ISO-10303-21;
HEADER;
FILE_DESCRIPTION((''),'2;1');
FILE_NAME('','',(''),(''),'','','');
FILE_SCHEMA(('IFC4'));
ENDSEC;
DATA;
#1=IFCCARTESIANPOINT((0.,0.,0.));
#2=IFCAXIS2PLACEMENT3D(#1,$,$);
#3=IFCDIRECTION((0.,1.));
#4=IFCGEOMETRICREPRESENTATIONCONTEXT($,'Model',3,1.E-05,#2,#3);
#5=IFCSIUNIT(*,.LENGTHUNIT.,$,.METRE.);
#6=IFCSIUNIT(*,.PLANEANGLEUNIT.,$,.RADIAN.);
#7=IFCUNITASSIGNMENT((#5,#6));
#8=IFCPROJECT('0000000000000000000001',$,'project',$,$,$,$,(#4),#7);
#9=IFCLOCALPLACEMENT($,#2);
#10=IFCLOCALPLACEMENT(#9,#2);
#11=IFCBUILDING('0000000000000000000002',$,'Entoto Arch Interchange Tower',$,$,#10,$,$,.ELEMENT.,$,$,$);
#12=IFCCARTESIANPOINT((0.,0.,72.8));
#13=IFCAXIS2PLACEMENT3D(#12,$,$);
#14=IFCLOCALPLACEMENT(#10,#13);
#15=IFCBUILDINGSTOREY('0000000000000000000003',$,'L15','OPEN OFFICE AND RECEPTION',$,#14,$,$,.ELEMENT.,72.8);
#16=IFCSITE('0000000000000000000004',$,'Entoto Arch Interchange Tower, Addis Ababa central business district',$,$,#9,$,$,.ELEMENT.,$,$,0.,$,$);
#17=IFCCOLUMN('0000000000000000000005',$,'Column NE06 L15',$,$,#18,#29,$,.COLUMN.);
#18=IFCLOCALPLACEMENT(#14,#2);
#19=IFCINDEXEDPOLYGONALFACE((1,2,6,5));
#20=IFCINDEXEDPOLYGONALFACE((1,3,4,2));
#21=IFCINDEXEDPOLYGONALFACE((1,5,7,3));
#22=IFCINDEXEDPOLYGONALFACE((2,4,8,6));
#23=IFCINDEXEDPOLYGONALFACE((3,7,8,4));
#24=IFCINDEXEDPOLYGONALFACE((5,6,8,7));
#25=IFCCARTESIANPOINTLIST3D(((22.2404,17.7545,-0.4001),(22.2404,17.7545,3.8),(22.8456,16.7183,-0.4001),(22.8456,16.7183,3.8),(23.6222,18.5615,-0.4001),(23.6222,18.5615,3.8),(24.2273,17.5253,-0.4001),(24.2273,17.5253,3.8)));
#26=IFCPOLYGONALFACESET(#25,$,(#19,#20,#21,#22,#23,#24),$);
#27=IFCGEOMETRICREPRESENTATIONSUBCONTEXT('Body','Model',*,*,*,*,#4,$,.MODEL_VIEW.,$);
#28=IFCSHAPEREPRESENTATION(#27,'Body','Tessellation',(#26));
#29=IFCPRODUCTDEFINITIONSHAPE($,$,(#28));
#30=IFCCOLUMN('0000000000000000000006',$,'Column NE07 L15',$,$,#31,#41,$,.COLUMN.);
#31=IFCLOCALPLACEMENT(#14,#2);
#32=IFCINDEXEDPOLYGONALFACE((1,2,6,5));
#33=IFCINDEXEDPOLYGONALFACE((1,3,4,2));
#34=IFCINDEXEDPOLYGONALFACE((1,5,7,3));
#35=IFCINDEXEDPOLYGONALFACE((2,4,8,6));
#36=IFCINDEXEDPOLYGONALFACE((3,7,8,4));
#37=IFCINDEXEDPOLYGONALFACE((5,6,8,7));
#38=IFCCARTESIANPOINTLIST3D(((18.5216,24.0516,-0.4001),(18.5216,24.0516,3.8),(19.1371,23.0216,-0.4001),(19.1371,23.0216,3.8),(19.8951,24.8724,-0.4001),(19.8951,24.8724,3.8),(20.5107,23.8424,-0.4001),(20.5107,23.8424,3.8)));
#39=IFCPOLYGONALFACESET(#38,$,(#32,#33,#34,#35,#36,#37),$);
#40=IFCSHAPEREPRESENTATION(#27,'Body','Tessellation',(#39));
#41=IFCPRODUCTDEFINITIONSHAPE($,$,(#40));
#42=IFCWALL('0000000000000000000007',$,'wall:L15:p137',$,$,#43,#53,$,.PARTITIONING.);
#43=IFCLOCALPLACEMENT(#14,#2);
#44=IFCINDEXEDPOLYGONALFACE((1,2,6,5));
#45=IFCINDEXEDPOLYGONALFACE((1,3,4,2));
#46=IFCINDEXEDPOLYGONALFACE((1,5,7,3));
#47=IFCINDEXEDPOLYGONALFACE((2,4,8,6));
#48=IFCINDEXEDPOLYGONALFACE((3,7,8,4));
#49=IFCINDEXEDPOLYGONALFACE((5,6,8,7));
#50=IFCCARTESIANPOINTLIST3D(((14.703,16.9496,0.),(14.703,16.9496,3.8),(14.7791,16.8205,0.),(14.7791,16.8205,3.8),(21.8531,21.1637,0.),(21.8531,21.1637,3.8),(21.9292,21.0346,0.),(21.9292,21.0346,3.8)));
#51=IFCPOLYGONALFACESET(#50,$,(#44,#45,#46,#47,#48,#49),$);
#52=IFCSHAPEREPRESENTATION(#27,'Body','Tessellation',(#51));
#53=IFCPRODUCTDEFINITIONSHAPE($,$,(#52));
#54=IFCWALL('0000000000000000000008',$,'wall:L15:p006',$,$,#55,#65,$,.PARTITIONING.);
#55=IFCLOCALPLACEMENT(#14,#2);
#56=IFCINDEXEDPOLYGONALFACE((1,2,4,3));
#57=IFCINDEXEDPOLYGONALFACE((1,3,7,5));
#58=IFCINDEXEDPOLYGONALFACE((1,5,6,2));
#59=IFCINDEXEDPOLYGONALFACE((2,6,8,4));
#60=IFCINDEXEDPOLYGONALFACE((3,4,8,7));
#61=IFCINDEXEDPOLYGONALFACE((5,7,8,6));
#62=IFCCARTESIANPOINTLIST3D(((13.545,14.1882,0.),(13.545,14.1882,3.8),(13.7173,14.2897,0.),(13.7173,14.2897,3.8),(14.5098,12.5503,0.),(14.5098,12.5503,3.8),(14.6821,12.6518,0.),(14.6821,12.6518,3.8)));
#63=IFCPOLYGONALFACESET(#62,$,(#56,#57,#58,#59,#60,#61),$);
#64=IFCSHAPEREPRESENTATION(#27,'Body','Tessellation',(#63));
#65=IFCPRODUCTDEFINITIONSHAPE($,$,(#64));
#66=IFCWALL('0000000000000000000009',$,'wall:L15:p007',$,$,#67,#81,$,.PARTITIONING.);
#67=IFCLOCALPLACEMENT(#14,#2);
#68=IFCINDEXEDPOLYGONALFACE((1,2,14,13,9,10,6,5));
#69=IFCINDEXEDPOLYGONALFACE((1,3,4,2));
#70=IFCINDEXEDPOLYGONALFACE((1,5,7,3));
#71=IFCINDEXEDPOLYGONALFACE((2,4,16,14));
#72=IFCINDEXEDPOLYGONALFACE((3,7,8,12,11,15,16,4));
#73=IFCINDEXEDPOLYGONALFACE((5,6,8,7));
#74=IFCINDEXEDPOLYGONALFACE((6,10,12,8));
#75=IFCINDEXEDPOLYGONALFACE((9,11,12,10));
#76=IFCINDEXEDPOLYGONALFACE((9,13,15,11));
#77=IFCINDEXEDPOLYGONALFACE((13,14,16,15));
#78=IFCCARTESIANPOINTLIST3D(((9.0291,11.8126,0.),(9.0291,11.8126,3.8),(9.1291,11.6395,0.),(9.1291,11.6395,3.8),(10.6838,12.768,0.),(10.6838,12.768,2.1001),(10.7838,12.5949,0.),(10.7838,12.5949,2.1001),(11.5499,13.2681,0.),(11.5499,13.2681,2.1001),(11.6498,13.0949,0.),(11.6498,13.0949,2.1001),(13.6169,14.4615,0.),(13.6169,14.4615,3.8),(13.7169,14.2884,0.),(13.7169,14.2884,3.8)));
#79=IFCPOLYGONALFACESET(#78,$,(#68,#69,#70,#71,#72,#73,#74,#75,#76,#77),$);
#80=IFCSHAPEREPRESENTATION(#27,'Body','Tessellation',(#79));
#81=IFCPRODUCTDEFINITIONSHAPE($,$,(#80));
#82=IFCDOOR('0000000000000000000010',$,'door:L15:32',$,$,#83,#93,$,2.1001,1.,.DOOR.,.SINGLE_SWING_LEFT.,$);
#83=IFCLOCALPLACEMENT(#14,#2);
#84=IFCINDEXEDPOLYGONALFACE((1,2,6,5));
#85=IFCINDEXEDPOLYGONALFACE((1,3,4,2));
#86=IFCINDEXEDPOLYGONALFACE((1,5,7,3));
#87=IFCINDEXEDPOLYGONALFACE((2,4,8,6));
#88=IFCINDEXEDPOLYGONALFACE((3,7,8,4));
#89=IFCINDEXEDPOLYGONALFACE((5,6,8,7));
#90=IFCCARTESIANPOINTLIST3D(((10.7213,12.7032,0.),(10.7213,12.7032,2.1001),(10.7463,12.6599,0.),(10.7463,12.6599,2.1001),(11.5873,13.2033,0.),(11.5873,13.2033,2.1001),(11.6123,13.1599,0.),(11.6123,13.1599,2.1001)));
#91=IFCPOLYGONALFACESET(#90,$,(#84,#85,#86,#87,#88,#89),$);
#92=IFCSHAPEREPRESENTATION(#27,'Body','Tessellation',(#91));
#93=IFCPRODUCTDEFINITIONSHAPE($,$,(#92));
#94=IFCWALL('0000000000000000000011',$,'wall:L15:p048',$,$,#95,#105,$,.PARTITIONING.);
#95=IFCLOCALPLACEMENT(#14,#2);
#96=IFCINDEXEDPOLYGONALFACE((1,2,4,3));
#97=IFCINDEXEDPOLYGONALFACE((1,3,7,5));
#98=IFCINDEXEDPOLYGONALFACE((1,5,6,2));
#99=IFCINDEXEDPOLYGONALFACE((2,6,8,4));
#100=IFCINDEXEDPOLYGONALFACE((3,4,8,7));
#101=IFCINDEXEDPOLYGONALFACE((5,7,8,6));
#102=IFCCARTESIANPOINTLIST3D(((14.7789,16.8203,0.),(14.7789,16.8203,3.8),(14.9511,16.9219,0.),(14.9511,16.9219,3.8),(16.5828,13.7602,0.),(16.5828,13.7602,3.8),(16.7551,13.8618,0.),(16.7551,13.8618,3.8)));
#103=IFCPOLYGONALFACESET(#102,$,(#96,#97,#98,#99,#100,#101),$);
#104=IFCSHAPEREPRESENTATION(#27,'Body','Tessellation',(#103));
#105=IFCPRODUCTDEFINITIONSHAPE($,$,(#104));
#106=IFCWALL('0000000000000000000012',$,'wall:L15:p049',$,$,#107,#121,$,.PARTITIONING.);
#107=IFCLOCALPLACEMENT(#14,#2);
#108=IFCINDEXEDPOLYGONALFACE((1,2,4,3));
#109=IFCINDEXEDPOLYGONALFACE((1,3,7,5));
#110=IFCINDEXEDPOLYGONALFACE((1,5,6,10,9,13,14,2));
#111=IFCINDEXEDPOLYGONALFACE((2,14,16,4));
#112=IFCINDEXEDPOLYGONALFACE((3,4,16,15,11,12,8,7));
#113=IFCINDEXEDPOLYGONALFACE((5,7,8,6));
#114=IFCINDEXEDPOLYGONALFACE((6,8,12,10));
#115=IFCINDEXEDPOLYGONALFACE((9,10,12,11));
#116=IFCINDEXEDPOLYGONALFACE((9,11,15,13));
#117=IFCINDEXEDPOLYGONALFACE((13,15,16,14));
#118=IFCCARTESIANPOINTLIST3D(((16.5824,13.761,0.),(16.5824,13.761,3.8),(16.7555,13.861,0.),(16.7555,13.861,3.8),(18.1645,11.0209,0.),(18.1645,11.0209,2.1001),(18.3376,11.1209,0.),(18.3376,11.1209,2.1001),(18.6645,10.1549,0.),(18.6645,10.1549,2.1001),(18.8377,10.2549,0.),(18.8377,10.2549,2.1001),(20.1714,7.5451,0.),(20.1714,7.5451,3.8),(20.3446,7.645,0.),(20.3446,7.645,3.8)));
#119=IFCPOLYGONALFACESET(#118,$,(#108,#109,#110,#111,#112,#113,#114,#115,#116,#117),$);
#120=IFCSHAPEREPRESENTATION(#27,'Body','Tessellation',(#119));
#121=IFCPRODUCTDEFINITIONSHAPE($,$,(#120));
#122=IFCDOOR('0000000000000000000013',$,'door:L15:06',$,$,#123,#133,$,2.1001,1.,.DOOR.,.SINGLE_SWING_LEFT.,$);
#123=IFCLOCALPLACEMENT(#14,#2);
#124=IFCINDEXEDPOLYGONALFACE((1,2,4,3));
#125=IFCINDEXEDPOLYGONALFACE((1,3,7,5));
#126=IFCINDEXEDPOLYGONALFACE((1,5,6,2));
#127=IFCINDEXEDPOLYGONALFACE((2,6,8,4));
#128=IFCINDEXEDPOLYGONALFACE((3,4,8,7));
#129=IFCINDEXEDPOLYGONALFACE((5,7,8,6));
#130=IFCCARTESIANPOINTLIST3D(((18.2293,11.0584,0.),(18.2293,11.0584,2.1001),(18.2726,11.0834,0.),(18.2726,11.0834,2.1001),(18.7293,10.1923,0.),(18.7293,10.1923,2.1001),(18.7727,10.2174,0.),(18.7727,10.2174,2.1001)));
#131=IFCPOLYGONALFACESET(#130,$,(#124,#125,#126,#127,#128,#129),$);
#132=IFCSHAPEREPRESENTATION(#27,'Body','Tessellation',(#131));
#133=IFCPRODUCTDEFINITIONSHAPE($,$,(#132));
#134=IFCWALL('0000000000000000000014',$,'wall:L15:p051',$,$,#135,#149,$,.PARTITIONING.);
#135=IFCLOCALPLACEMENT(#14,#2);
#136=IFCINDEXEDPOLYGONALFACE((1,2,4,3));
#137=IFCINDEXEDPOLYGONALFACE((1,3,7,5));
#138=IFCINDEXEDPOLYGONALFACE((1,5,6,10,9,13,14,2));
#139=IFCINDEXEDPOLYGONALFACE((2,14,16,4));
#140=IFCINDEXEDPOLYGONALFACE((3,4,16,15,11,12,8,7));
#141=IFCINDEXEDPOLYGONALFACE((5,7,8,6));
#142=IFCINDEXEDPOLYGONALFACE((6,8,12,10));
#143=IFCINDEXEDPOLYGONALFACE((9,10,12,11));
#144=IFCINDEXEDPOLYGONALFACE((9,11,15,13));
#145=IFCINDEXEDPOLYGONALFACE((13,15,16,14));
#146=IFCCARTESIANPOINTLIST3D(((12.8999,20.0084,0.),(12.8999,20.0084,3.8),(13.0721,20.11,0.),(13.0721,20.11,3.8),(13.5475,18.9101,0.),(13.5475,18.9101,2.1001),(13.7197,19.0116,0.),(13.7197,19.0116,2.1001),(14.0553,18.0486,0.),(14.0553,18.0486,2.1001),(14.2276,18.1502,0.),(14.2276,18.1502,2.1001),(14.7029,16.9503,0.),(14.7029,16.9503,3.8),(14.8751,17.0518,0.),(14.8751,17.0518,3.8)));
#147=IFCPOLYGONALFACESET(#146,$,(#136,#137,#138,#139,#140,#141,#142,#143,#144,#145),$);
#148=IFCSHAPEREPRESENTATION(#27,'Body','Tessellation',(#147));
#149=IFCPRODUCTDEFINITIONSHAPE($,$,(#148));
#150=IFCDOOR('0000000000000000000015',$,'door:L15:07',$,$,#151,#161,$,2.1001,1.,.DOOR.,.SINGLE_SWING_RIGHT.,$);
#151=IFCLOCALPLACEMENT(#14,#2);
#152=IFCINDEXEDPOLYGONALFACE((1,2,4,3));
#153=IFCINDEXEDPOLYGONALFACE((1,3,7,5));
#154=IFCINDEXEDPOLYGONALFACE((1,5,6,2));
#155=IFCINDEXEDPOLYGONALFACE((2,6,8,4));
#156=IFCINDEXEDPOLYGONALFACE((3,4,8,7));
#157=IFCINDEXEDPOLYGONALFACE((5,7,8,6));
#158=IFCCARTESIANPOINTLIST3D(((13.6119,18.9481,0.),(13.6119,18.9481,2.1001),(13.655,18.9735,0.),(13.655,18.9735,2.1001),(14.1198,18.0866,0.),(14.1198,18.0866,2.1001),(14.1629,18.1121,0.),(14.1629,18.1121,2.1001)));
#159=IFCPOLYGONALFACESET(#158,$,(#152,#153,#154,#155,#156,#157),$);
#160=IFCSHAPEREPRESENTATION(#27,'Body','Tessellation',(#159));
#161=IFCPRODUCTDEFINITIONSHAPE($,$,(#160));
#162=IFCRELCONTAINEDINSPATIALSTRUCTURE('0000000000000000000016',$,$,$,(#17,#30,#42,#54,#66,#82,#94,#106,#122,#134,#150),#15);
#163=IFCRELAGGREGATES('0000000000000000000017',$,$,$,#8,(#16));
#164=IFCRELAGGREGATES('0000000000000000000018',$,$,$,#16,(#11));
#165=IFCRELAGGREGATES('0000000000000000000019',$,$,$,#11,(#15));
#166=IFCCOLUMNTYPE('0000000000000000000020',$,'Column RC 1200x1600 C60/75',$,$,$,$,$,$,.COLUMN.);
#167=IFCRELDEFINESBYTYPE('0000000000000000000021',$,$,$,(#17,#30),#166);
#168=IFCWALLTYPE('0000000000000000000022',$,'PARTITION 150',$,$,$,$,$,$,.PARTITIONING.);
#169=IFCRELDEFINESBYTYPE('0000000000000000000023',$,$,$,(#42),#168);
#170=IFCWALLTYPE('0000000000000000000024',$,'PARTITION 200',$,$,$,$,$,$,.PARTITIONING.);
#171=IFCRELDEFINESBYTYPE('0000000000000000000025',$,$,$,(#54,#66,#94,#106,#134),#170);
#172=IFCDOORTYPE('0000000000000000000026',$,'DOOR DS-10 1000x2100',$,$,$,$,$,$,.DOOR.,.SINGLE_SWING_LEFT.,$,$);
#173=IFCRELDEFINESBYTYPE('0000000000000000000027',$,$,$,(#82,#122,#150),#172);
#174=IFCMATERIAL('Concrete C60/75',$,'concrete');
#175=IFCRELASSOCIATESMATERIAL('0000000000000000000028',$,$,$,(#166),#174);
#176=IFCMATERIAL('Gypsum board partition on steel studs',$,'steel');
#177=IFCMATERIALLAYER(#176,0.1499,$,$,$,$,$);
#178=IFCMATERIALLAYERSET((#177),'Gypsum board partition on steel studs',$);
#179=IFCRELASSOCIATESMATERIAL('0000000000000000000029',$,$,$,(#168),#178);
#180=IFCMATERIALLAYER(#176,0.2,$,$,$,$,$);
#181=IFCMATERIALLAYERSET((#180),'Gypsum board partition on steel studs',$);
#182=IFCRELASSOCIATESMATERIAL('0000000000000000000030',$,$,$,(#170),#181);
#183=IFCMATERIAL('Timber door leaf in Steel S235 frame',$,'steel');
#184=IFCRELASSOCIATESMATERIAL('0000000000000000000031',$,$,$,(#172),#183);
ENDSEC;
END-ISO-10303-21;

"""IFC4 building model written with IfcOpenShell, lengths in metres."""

from ifc_helpers import new_model, si_unit, direction, frame, frame_2d, origin, origin_2d, place, context, subcontext, project, spatial, rectangle, extrude, material, layer, layer_set, material_profile, profile_set, type_object, element, fill, save


model = new_model("IFC4")

# Units and contexts
model_context = context("Model", 3, precision=1e-05, world=origin(), true_north=direction((0.0, 1.0)))
body_context = subcontext(model_context, "Body", "Model", "MODEL_VIEW")
ifc_project = project(units=[si_unit("LENGTHUNIT", "METRE"), si_unit("PLANEANGLEUNIT", "RADIAN")], contexts=[model_context])

# Site, building, storey
site_placement = place(None, origin())
site = spatial("IfcSite", under=ifc_project, at=site_placement, Name="Entoto Arch Interchange Tower, Addis Ababa central business district", CompositionType="ELEMENT", RefElevation=0.0)
building_placement = place(site_placement, origin())
building = spatial("IfcBuilding", under=site, at=building_placement, Name="Entoto Arch Interchange Tower", CompositionType="ELEMENT")
storey_placement = place(building_placement, frame((0.0, 0.0, 72.8)))
storey = spatial("IfcBuildingStorey", under=building, at=storey_placement, Name="L15", Description="OPEN OFFICE AND RECEPTION", CompositionType="ELEMENT", Elevation=72.8)

# Columns
ifc_material_1 = material(Name="Concrete C60/75", Category="concrete")
ifc_material_profile = material_profile(ifc_material_1, rectangle(XDim=1.2, YDim=1.6001, at=origin_2d()))
ifc_profile_set = profile_set([ifc_material_profile], Name="Concrete C60/75")
column_type = type_object("IfcColumnType", Name="Column RC 1200x1600 C60/75", PredefinedType="COLUMN", material=ifc_profile_set)
for number, where, z_axis, x_axis, name in (
    (1, (23.2339, 17.6399, -0.4001), (0.0, 0.0, 1.0), (-0.504332, 0.86351, 0.0), "Column NE06 L15"),
    (2, (19.5161, 23.947, -0.4001), (0.0, 0.0, 1.0), (-0.512972, 0.858405, 0.0), "Column NE07 L15"),
):
    element("IfcColumn", number, at=place(storey_placement, frame(where, z_axis=z_axis, x_axis=x_axis)), inside=storey, type_object=column_type, Name=name, PredefinedType="COLUMN", context=body_context, shape_type="SweptSolid", body=[
        extrude(rectangle(XDim=1.2, YDim=1.6001, at=origin_2d()), origin(), (0.0, 0.0, 1.0), 4.2002),
    ])

# Walls
ifc_material_2 = material(Name="Gypsum board partition on steel studs", Category="steel")
ifc_layer_1 = layer(ifc_material_2, 0.1499)
ifc_layer_set_1 = layer_set([ifc_layer_1], Name="Gypsum board partition on steel studs")
wall_type_1 = type_object("IfcWallType", Name="PARTITION 150", PredefinedType="PARTITIONING", material=ifc_layer_set_1)
wall_1_placement = place(storey_placement, frame((14.741, 16.885, 0.0), z_axis=(0.0, 0.0, 1.0), x_axis=(0.861505, 0.507749, 0.0)))
element("IfcWall", 3, at=wall_1_placement, inside=storey, type_object=wall_type_1, Name="wall:L15:p137", PredefinedType="PARTITIONING", context=body_context, shape_type="SweptSolid", body=[
    extrude(rectangle(XDim=8.2996, YDim=0.1499, at=frame_2d((4.1499, 0.0))), origin(), (0.0, 0.0, 1.0), 3.8),
])
ifc_layer_2 = layer(ifc_material_2, 0.2)
ifc_layer_set_2 = layer_set([ifc_layer_2], Name="Gypsum board partition on steel studs")
wall_type_2 = type_object("IfcWallType", Name="PARTITION 200", PredefinedType="PARTITIONING", material=ifc_layer_set_2)
wall_2_placement = place(storey_placement, frame((14.5959, 12.6011, 0.0), z_axis=(0.0, 0.0, 1.0), x_axis=(-0.507548, 0.861624, 0.0)))
element("IfcWall", 4, at=wall_2_placement, inside=storey, type_object=wall_type_2, Name="wall:L15:p006", PredefinedType="PARTITIONING", context=body_context, shape_type="SweptSolid", body=[
    extrude(rectangle(XDim=1.9009, YDim=0.2, at=frame_2d((0.9504, 0.0))), origin(), (0.0, 0.0, 1.0), 3.8),
])

# Wall, opening, door
wall_3_placement = place(storey_placement, frame((13.667, 14.375, 0.0), z_axis=(0.0, 0.0, 1.0), x_axis=(-0.866017, -0.500015, 0.0)))
wall_3 = element("IfcWall", 5, at=wall_3_placement, inside=storey, type_object=wall_type_2, Name="wall:L15:p007", PredefinedType="PARTITIONING", context=body_context, shape_type="SweptSolid", body=[
    extrude(rectangle(XDim=5.2976, YDim=0.2, at=frame_2d((2.6489, 0.0))), origin(), (0.0, 0.0, 1.0), 3.8),
])
opening_1_placement = place(wall_3_placement, frame((2.387, 0.0, 0.0)))
opening_1 = element("IfcOpeningElement", 6, at=opening_1_placement, cuts=wall_3, PredefinedType="OPENING", context=body_context, shape_type="SweptSolid", body=[
    extrude(rectangle(XDim=1.0, YDim=2.1001, at=frame_2d((0.5, 1.05))), frame((0.0, 0.1099, 0.0), z_axis=(0.0, -1.0, 0.0), x_axis=(1.0, 0.0, 0.0)), (0.0, 0.0, 1.0), 0.22),
])
ifc_material_3 = material(Name="Timber door leaf in Steel S235 frame", Category="steel")
door_type = type_object("IfcDoorType", Name="DOOR DS-10 1000x2100", OperationType="SINGLE_SWING_LEFT", PredefinedType="DOOR", material=ifc_material_3)
door_1_placement = place(opening_1_placement, origin())
door_1 = element("IfcDoor", 7, at=door_1_placement, inside=storey, type_object=door_type, Name="door:L15:32", OperationType="SINGLE_SWING_LEFT", OverallHeight=2.1001, OverallWidth=1.0, PredefinedType="DOOR", context=body_context, shape_type="SweptSolid", body=[
    extrude(rectangle(XDim=1.0, YDim=2.1001, at=frame_2d((0.5, 1.05))), frame((0.0, 0.0249, 0.0), z_axis=(0.0, -1.0, 0.0), x_axis=(1.0, 0.0, 0.0)), (0.0, 0.0, 1.0), 0.05),
])
fill(opening_1, door_1)

# Wall
wall_4_placement = place(storey_placement, frame((14.865, 16.8711, 0.0), z_axis=(0.0, 0.0, 1.0), x_axis=(0.50784, -0.861451, 0.0)))
element("IfcWall", 8, at=wall_4_placement, inside=storey, type_object=wall_type_2, Name="wall:L15:p048", PredefinedType="PARTITIONING", context=body_context, shape_type="SweptSolid", body=[
    extrude(rectangle(XDim=3.5522, YDim=0.2, at=frame_2d((1.7761, 0.0))), origin(), (0.0, 0.0, 1.0), 3.8),
])

# Walls, openings, doors
wall_5_placement = place(storey_placement, frame((16.6689, 13.811, 0.0), z_axis=(0.0, 0.0, 1.0), x_axis=(0.500028, -0.866009, 0.0)))
wall_5 = element("IfcWall", 9, at=wall_5_placement, inside=storey, type_object=wall_type_2, Name="wall:L15:p049", PredefinedType="PARTITIONING", context=body_context, shape_type="SweptSolid", body=[
    extrude(rectangle(XDim=7.1777, YDim=0.2, at=frame_2d((3.5889, 0.0))), origin(), (0.0, 0.0, 1.0), 3.8),
])
opening_2_placement = place(wall_5_placement, frame((3.1641, 0.0, 0.0)))
opening_2 = element("IfcOpeningElement", 10, at=opening_2_placement, cuts=wall_5, PredefinedType="OPENING", context=body_context, shape_type="SweptSolid", body=[
    extrude(rectangle(XDim=1.0, YDim=2.1001, at=frame_2d((0.5, 1.05))), frame((0.0, 0.1099, 0.0), z_axis=(0.0, -1.0, 0.0), x_axis=(1.0, 0.0, 0.0)), (0.0, 0.0, 1.0), 0.22),
])
door_2_placement = place(opening_2_placement, origin())
door_2 = element("IfcDoor", 11, at=door_2_placement, inside=storey, type_object=door_type, Name="door:L15:06", OperationType="SINGLE_SWING_LEFT", OverallHeight=2.1001, OverallWidth=1.0, PredefinedType="DOOR", context=body_context, shape_type="SweptSolid", body=[
    extrude(rectangle(XDim=1.0, YDim=2.1001, at=frame_2d((0.5, 1.05))), frame((0.0, 0.0249, 0.0), z_axis=(0.0, -1.0, 0.0), x_axis=(1.0, 0.0, 0.0)), (0.0, 0.0, 1.0), 0.05),
])
fill(opening_2, door_2)
wall_6_placement = place(storey_placement, frame((12.9861, 20.0591, 0.0), z_axis=(0.0, 0.0, 1.0), x_axis=(0.507876, -0.86143, 0.0)))
wall_6 = element("IfcWall", 12, at=wall_6_placement, inside=storey, type_object=wall_type_2, Name="wall:L15:p051", PredefinedType="PARTITIONING", context=body_context, shape_type="SweptSolid", body=[
    extrude(rectangle(XDim=3.55, YDim=0.2, at=frame_2d((1.7749, 0.0))), origin(), (0.0, 0.0, 1.0), 3.8),
])
opening_3_placement = place(wall_6_placement, frame((1.2749, 0.0, 0.0)))
opening_3 = element("IfcOpeningElement", 13, at=opening_3_placement, cuts=wall_6, PredefinedType="OPENING", context=body_context, shape_type="SweptSolid", body=[
    extrude(rectangle(XDim=1.0, YDim=2.1001, at=frame_2d((0.5, 1.05))), frame((0.0, 0.1099, 0.0), z_axis=(0.0, -1.0, 0.0), x_axis=(1.0, 0.0, 0.0)), (0.0, 0.0, 1.0), 0.22),
])
door_3_placement = place(opening_3_placement, origin())
door_3 = element("IfcDoor", 14, at=door_3_placement, inside=storey, type_object=door_type, Name="door:L15:07", OperationType="SINGLE_SWING_RIGHT", OverallHeight=2.1001, OverallWidth=1.0, PredefinedType="DOOR", context=body_context, shape_type="SweptSolid", body=[
    extrude(rectangle(XDim=1.0, YDim=2.1001, at=frame_2d((0.5, 1.05))), frame((0.0, 0.0249, 0.0), z_axis=(0.0, -1.0, 0.0), x_axis=(1.0, 0.0, 0.0)), (0.0, 0.0, 1.0), 0.05),
])
fill(opening_3, door_3)

save(model, "model.ifc")
